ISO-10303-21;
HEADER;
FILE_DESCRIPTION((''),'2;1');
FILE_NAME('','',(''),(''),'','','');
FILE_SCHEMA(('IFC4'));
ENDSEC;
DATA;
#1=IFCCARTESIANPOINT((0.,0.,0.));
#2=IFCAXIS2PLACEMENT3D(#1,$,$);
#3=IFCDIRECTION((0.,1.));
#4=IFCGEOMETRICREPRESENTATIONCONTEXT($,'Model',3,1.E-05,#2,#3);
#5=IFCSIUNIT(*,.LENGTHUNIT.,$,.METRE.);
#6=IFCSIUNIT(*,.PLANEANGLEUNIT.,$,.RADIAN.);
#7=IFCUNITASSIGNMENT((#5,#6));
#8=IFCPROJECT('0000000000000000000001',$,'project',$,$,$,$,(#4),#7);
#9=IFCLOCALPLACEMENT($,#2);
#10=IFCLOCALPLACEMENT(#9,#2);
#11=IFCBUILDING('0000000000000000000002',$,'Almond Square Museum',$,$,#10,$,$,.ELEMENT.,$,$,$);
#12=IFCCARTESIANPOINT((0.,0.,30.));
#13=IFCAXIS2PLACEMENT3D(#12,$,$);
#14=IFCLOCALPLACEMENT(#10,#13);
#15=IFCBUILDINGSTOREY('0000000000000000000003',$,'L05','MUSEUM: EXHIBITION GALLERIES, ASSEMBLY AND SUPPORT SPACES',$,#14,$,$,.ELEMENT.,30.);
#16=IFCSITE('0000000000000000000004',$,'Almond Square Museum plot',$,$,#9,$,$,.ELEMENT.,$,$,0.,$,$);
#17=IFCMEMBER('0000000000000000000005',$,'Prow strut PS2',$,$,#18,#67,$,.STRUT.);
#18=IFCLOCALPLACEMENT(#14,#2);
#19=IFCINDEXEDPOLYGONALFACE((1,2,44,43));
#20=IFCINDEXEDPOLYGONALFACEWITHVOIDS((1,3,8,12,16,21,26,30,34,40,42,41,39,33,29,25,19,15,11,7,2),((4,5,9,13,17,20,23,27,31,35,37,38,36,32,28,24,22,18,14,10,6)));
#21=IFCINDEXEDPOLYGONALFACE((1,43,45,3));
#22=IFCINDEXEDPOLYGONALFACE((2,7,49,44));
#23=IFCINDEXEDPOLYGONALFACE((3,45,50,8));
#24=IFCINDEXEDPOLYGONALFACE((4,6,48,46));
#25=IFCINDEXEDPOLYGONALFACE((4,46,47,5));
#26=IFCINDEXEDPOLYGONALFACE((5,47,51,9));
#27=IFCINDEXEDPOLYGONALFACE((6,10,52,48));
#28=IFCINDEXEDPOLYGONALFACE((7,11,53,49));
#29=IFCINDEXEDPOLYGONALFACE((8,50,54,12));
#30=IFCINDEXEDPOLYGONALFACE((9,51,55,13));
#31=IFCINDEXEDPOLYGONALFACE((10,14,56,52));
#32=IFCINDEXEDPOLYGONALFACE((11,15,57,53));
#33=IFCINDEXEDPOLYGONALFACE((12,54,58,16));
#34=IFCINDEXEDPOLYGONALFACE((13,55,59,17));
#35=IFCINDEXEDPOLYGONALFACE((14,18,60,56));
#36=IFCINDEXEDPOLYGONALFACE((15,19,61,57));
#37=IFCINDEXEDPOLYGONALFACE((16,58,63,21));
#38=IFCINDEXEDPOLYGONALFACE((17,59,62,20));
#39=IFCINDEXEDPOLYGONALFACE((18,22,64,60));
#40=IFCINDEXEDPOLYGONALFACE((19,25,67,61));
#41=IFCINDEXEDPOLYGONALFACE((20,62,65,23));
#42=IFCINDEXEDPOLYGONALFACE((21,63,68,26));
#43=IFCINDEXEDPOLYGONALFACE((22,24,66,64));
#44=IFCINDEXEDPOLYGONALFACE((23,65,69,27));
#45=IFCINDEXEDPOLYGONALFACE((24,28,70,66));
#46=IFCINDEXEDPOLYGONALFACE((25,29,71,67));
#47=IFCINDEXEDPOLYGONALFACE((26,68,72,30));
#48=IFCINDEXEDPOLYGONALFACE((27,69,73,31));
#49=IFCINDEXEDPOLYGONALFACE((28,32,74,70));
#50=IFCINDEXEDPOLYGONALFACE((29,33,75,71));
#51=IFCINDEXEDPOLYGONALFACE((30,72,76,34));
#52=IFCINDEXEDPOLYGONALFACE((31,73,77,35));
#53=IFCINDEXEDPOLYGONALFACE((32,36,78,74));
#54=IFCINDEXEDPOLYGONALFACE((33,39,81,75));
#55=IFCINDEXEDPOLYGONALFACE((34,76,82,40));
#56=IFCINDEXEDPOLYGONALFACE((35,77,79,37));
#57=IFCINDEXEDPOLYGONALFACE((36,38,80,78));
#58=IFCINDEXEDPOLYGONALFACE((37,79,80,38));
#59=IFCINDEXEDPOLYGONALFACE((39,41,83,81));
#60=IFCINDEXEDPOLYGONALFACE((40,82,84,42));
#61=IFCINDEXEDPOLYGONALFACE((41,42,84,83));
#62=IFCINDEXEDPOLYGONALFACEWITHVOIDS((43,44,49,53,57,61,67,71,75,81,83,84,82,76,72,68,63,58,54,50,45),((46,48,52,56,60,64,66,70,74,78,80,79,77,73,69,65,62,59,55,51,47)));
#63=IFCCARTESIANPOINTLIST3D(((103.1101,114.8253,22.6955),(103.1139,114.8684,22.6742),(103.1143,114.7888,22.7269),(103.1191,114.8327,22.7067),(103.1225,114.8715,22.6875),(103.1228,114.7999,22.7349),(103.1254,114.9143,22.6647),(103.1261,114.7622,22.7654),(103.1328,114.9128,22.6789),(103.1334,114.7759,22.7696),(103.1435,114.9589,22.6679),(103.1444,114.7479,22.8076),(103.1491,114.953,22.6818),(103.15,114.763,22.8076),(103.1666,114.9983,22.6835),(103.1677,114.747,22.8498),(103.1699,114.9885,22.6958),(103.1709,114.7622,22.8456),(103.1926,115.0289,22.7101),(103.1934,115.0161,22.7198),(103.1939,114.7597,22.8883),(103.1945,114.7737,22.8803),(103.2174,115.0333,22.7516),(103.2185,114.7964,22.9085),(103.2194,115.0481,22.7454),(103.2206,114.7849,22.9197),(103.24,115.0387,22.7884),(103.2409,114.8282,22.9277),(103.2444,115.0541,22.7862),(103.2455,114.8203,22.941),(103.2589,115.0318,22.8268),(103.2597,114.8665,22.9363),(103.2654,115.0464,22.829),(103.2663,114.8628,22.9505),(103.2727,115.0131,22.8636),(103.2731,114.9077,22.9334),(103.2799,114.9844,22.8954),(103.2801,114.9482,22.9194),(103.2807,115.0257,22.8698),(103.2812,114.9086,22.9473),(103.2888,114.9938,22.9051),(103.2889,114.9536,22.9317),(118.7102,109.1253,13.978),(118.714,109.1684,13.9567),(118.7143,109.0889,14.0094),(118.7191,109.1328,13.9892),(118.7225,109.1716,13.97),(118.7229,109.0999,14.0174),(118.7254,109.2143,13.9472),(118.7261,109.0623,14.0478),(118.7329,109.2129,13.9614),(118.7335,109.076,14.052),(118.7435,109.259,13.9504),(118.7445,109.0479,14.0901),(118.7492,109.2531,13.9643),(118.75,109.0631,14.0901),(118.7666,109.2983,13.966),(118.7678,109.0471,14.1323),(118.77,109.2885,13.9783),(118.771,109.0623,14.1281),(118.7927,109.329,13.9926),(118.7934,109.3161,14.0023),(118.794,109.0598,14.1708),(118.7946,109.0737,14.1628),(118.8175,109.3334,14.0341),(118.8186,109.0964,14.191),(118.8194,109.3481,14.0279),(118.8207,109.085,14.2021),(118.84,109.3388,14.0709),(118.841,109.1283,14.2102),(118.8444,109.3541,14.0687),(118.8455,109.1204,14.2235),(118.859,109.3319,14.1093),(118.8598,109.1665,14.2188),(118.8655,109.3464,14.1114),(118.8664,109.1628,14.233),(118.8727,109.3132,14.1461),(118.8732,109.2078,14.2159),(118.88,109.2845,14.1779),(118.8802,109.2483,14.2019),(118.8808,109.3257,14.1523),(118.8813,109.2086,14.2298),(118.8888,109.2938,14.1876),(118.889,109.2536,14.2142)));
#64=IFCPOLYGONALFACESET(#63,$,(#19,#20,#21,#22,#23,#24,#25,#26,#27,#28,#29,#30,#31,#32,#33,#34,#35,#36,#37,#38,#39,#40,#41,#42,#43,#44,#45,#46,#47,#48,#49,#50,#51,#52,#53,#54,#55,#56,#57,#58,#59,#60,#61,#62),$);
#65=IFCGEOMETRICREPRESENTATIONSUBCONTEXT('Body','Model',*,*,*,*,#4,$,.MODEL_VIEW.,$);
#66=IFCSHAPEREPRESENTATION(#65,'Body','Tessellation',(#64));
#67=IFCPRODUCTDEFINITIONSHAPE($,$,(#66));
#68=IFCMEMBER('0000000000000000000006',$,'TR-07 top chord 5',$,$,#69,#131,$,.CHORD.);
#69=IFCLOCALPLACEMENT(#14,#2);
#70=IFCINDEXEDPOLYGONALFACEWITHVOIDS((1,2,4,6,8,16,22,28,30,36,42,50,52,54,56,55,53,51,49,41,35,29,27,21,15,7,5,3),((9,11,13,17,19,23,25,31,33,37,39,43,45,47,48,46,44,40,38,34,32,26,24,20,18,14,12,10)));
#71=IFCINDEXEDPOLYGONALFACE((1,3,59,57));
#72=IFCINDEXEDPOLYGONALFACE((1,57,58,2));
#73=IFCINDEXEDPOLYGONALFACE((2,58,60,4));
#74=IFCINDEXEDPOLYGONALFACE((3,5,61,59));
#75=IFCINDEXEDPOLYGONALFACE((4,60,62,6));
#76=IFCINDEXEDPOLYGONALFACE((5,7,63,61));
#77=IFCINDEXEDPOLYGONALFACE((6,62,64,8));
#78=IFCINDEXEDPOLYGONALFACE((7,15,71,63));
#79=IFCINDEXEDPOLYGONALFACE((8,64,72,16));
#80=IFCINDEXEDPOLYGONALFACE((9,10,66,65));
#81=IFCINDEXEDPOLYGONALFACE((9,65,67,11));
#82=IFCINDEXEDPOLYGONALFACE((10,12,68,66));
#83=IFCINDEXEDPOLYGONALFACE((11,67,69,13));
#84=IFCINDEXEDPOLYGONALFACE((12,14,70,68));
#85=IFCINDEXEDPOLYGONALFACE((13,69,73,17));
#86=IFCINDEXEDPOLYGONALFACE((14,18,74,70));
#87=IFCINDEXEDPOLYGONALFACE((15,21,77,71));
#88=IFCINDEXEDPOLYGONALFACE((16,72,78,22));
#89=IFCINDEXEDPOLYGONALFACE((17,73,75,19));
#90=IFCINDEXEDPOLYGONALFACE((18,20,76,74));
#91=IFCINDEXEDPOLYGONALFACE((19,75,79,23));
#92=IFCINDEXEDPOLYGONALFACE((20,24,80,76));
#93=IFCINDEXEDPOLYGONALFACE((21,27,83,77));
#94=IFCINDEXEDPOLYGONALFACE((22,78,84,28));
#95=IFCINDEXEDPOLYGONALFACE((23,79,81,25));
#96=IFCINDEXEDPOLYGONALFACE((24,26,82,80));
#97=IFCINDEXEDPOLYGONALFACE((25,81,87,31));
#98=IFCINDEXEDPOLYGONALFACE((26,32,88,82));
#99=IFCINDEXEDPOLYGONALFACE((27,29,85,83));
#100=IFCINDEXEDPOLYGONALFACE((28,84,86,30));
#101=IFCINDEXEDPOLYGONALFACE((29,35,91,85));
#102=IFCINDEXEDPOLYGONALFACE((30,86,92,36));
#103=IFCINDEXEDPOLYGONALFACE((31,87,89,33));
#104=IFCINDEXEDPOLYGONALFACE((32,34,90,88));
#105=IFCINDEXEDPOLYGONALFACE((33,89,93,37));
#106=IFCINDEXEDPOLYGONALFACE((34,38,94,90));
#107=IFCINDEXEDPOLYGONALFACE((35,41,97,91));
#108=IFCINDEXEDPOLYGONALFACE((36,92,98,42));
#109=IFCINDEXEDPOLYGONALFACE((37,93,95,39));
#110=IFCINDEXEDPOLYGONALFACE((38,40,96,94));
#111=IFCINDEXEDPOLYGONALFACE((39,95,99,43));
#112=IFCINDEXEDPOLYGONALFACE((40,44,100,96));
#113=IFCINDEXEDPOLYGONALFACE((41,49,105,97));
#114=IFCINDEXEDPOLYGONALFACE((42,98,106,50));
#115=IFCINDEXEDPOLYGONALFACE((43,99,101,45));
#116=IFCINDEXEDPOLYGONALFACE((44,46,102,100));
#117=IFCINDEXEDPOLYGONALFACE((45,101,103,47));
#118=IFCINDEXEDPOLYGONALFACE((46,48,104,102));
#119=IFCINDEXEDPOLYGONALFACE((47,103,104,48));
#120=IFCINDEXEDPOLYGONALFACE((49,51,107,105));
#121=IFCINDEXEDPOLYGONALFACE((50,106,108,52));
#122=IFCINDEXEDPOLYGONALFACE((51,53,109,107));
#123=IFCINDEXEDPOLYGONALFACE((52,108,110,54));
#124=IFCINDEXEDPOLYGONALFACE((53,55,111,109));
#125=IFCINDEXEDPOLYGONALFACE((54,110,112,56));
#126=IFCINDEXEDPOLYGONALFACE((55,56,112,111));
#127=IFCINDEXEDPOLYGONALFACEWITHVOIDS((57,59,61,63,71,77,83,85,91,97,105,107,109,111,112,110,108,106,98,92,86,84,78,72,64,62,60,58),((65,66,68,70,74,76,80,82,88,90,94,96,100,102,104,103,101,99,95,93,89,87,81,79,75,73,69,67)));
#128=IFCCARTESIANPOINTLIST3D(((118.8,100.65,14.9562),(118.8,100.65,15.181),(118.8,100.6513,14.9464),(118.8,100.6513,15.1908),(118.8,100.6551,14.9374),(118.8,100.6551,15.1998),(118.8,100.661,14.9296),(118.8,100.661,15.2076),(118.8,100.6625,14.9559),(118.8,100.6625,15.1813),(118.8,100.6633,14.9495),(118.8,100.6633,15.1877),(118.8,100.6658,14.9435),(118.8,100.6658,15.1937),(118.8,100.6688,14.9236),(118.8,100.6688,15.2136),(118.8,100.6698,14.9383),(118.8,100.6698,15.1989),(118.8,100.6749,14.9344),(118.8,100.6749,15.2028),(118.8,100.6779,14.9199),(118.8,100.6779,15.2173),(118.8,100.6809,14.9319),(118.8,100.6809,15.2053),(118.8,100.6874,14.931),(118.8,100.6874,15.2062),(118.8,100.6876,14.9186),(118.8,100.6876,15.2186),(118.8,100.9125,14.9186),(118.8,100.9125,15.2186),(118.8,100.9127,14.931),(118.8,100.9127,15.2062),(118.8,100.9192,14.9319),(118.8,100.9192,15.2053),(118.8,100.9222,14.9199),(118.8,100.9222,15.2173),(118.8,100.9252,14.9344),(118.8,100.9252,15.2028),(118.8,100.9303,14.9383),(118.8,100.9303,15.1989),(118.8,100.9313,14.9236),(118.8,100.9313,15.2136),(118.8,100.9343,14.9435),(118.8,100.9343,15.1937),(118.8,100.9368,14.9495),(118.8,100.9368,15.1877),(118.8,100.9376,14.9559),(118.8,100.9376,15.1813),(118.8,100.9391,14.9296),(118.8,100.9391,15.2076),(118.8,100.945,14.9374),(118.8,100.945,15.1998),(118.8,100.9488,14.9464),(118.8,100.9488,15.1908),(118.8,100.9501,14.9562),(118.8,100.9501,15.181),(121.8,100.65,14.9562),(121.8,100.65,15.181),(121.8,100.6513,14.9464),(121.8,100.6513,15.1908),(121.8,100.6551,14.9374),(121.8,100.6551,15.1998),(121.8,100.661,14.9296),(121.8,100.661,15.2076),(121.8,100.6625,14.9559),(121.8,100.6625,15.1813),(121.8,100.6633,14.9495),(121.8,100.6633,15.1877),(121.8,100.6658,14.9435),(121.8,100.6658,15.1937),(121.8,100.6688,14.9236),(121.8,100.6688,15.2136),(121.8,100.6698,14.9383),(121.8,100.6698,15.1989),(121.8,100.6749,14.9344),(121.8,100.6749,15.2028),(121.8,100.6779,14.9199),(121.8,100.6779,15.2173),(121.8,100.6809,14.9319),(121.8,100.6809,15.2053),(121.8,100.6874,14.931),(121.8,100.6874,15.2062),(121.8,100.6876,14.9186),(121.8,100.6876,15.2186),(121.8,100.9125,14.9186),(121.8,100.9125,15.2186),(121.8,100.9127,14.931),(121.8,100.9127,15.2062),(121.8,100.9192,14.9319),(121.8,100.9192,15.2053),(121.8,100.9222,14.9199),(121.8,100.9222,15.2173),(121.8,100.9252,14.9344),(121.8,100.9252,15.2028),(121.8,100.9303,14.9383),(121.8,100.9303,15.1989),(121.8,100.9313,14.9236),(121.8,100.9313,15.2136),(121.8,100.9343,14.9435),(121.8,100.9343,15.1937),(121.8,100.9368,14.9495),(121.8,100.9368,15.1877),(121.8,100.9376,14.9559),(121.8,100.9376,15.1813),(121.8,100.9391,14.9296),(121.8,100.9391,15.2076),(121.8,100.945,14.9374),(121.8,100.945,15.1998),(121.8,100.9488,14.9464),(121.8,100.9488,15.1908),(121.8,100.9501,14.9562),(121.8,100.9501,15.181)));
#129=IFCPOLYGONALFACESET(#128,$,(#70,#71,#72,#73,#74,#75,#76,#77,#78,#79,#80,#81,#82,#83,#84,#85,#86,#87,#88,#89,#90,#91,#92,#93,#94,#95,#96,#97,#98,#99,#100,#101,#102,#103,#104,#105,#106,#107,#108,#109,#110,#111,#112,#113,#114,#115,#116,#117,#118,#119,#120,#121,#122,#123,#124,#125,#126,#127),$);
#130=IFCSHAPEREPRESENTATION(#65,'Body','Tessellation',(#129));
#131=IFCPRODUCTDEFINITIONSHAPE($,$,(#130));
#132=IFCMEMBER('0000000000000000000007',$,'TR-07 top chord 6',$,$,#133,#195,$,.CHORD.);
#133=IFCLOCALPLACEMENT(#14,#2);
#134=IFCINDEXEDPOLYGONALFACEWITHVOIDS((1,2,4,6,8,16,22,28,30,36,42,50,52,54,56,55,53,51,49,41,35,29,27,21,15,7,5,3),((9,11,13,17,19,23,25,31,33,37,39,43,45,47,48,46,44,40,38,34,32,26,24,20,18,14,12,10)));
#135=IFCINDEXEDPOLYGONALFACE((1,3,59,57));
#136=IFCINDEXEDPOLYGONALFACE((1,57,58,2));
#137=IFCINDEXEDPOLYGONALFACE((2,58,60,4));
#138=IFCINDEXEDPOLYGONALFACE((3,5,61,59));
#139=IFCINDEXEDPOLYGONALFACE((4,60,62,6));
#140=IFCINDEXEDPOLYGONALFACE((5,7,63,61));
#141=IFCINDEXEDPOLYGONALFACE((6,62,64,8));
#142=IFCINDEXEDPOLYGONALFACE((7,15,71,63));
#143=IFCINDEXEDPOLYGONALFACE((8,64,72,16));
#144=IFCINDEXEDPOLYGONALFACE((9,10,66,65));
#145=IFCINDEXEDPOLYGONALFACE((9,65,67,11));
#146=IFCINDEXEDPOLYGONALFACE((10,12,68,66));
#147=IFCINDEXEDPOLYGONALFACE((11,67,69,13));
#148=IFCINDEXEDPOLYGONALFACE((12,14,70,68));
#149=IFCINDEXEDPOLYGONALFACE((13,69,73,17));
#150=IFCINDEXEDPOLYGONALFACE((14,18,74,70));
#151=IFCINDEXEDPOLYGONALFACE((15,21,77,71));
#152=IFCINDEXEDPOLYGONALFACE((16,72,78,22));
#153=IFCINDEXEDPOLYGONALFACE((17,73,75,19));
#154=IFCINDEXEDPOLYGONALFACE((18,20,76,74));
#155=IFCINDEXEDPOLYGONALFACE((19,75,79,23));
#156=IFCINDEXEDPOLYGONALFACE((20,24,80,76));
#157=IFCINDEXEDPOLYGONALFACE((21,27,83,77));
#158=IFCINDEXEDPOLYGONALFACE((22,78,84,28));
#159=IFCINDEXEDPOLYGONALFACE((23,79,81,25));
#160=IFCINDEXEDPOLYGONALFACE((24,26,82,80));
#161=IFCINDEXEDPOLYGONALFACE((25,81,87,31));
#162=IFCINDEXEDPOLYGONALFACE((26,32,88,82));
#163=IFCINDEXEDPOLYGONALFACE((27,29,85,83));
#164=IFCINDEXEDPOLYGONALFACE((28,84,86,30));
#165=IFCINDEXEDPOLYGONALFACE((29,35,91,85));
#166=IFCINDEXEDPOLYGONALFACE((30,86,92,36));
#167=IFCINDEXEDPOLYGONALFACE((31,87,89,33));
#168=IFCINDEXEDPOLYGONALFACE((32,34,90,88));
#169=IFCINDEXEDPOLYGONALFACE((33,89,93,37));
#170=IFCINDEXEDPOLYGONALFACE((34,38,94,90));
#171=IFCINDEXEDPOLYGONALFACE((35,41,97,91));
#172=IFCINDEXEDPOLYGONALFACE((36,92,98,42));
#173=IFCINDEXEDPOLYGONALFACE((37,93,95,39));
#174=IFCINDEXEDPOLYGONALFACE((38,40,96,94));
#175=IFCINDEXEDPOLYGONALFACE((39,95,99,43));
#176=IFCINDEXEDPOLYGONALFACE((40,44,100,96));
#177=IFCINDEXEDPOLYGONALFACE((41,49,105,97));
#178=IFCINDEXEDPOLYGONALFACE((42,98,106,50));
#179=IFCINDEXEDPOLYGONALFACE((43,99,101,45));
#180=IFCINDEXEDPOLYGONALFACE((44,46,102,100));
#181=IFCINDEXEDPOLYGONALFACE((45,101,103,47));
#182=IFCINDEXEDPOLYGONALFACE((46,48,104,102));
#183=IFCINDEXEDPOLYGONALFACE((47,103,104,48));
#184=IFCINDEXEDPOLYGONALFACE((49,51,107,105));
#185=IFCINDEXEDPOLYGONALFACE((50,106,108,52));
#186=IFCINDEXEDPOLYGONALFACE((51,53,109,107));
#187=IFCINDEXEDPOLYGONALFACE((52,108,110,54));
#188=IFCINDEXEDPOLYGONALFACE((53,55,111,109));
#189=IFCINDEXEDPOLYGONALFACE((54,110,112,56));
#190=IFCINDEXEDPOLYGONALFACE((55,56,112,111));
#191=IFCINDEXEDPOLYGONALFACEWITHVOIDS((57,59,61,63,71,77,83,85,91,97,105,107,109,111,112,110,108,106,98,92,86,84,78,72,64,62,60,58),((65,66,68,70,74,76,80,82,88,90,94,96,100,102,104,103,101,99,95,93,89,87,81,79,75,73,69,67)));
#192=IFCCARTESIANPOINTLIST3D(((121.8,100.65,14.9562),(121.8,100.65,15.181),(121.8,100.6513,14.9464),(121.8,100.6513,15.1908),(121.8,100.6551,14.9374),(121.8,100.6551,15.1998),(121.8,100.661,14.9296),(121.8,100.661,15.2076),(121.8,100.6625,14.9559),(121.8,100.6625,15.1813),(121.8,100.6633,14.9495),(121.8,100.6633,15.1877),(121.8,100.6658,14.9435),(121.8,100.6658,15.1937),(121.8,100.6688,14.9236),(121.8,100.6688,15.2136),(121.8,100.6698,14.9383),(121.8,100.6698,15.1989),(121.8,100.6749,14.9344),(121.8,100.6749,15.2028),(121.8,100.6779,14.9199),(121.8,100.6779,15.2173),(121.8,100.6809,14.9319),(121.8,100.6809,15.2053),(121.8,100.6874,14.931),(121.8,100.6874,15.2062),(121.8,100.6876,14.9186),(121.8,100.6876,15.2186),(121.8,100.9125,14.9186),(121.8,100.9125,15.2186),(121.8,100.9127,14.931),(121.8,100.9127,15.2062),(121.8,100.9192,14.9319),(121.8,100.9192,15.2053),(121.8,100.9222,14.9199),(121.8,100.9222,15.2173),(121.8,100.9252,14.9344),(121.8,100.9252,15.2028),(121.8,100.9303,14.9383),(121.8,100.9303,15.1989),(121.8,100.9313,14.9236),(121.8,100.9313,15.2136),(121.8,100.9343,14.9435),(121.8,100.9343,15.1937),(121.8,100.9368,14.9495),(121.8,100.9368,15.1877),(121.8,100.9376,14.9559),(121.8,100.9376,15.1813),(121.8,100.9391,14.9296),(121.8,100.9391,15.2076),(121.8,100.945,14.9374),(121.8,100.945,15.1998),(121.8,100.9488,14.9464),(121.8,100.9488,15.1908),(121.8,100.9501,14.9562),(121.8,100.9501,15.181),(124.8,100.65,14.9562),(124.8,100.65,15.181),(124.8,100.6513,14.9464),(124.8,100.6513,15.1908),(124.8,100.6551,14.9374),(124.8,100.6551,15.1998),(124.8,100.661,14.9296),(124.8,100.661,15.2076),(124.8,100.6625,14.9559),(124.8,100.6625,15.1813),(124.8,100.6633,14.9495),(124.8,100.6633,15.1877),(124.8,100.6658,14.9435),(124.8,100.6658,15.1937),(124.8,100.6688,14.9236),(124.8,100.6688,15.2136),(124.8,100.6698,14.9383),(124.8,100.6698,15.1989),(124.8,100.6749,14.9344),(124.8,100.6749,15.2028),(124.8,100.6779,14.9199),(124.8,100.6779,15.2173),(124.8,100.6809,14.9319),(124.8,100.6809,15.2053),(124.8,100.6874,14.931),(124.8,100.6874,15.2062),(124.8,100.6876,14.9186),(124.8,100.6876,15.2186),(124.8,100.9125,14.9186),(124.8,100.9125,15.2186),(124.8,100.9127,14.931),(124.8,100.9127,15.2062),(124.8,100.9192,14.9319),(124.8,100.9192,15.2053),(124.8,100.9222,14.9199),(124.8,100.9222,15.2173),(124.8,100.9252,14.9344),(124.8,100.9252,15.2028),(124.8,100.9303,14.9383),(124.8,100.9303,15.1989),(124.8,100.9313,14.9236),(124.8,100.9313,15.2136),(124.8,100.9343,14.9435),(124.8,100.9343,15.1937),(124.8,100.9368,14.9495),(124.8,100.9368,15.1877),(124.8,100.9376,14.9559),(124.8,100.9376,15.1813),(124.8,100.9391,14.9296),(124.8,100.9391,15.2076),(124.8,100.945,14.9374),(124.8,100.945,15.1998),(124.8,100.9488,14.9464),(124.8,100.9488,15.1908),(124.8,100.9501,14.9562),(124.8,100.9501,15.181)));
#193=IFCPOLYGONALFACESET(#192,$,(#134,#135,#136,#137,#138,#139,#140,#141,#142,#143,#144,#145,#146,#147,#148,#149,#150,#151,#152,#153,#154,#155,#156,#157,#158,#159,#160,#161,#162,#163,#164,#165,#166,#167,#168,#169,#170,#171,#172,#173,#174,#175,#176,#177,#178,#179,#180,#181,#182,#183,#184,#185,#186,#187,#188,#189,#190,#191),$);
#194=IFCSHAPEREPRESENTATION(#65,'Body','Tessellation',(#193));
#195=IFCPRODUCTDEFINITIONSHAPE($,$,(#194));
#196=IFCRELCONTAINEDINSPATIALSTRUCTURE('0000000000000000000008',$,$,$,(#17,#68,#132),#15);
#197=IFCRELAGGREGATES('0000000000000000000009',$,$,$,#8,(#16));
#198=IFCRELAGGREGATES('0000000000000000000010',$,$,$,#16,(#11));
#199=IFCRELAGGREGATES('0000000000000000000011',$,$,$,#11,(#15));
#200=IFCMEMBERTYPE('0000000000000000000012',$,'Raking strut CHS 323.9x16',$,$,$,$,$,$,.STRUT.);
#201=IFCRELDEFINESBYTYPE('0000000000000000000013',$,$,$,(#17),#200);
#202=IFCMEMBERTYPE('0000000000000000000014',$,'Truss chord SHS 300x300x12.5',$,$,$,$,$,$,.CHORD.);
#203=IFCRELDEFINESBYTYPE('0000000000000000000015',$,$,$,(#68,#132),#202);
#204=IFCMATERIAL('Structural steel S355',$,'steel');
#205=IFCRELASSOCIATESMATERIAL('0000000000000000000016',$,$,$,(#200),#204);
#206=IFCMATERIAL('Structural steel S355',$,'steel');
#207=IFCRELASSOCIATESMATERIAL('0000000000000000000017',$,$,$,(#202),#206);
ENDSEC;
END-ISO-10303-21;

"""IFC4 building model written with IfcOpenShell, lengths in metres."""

from ifc_helpers import new_model, si_unit, direction, frame, origin, origin_2d, place, context, subcontext, project, spatial, hollow_rectangle, hollow_circle, extrude, material, material_profile, profile_set, type_object, element, save


model = new_model("IFC4")

# Units and contexts
model_context = context("Model", 3, precision=1e-05, world=origin(), true_north=direction((0.0, 1.0)))
body_context = subcontext(model_context, "Body", "Model", "MODEL_VIEW")
ifc_project = project(units=[si_unit("LENGTHUNIT", "METRE"), si_unit("PLANEANGLEUNIT", "RADIAN")], contexts=[model_context])

# Site, building, storey
site_placement = place(None, origin())
site = spatial("IfcSite", under=ifc_project, at=site_placement, Name="Almond Square Museum plot", CompositionType="ELEMENT", RefElevation=0.0)
building_placement = place(site_placement, origin())
building = spatial("IfcBuilding", under=site, at=building_placement, Name="Almond Square Museum", CompositionType="ELEMENT")
storey_placement = place(building_placement, frame((0.0, 0.0, 30.0)))
storey = spatial("IfcBuildingStorey", under=building, at=storey_placement, Name="L05", Description="MUSEUM: EXHIBITION GALLERIES, ASSEMBLY AND SUPPORT SPACES", CompositionType="ELEMENT", Elevation=30.0)

# Members
ifc_material_1 = material(Name="Structural steel S355", Category="steel")
ifc_material_profile_1 = material_profile(ifc_material_1, hollow_circle(Radius=0.1619, WallThickness=0.0161, at=origin_2d()))
ifc_profile_set_1 = profile_set([ifc_material_profile_1], Name="Structural steel S355")
member_type_1 = type_object("IfcMemberType", Name="Raking strut CHS 323.9x16", PredefinedType="STRUT", material=ifc_profile_set_1)
member_1_placement = place(storey_placement, frame((118.8, 109.2, 14.0901), z_axis=(-0.831668, 0.303874, 0.464746), x_axis=(-0.343188, -0.939267, 0.0)))
element("IfcMember", 1, at=member_1_placement, inside=storey, type_object=member_type_1, Name="Prow strut PS2", PredefinedType="STRUT", context=body_context, shape_type="SweptSolid", body=[
    extrude(hollow_circle(Radius=0.1619, WallThickness=0.0161, at=origin_2d()), origin(), (0.0, 0.0, 1.0), 18.7576),
])
ifc_material_2 = material(Name="Structural steel S355", Category="steel")
ifc_material_profile_2 = material_profile(ifc_material_2, hollow_rectangle(XDim=0.3, YDim=0.3, WallThickness=0.0125, InnerFilletRadius=0.0249, OuterFilletRadius=0.0376, at=origin_2d()))
ifc_profile_set_2 = profile_set([ifc_material_profile_2], Name="Structural steel S355")
member_type_2 = type_object("IfcMemberType", Name="Truss chord SHS 300x300x12.5", PredefinedType="CHORD", material=ifc_profile_set_2)
for number, where, z_axis, x_axis, name in (
    (2, (118.8, 100.8, 15.0686), (1.0, 0.0, 0.0), (0.0, 1.0, 0.0), "TR-07 top chord 5"),
    (3, (121.8, 100.8, 15.0686), (1.0, 0.0, 0.0), (0.0, 1.0, 0.0), "TR-07 top chord 6"),
):
    element("IfcMember", number, at=place(storey_placement, frame(where, z_axis=z_axis, x_axis=x_axis)), inside=storey, type_object=member_type_2, Name=name, PredefinedType="CHORD", context=body_context, shape_type="SweptSolid", body=[
        extrude(hollow_rectangle(XDim=0.3, YDim=0.3, WallThickness=0.0125, InnerFilletRadius=0.0249, OuterFilletRadius=0.0376, at=origin_2d()), origin(), (0.0, 0.0, 1.0), 3.0),
    ])

save(model, "model.ifc")
